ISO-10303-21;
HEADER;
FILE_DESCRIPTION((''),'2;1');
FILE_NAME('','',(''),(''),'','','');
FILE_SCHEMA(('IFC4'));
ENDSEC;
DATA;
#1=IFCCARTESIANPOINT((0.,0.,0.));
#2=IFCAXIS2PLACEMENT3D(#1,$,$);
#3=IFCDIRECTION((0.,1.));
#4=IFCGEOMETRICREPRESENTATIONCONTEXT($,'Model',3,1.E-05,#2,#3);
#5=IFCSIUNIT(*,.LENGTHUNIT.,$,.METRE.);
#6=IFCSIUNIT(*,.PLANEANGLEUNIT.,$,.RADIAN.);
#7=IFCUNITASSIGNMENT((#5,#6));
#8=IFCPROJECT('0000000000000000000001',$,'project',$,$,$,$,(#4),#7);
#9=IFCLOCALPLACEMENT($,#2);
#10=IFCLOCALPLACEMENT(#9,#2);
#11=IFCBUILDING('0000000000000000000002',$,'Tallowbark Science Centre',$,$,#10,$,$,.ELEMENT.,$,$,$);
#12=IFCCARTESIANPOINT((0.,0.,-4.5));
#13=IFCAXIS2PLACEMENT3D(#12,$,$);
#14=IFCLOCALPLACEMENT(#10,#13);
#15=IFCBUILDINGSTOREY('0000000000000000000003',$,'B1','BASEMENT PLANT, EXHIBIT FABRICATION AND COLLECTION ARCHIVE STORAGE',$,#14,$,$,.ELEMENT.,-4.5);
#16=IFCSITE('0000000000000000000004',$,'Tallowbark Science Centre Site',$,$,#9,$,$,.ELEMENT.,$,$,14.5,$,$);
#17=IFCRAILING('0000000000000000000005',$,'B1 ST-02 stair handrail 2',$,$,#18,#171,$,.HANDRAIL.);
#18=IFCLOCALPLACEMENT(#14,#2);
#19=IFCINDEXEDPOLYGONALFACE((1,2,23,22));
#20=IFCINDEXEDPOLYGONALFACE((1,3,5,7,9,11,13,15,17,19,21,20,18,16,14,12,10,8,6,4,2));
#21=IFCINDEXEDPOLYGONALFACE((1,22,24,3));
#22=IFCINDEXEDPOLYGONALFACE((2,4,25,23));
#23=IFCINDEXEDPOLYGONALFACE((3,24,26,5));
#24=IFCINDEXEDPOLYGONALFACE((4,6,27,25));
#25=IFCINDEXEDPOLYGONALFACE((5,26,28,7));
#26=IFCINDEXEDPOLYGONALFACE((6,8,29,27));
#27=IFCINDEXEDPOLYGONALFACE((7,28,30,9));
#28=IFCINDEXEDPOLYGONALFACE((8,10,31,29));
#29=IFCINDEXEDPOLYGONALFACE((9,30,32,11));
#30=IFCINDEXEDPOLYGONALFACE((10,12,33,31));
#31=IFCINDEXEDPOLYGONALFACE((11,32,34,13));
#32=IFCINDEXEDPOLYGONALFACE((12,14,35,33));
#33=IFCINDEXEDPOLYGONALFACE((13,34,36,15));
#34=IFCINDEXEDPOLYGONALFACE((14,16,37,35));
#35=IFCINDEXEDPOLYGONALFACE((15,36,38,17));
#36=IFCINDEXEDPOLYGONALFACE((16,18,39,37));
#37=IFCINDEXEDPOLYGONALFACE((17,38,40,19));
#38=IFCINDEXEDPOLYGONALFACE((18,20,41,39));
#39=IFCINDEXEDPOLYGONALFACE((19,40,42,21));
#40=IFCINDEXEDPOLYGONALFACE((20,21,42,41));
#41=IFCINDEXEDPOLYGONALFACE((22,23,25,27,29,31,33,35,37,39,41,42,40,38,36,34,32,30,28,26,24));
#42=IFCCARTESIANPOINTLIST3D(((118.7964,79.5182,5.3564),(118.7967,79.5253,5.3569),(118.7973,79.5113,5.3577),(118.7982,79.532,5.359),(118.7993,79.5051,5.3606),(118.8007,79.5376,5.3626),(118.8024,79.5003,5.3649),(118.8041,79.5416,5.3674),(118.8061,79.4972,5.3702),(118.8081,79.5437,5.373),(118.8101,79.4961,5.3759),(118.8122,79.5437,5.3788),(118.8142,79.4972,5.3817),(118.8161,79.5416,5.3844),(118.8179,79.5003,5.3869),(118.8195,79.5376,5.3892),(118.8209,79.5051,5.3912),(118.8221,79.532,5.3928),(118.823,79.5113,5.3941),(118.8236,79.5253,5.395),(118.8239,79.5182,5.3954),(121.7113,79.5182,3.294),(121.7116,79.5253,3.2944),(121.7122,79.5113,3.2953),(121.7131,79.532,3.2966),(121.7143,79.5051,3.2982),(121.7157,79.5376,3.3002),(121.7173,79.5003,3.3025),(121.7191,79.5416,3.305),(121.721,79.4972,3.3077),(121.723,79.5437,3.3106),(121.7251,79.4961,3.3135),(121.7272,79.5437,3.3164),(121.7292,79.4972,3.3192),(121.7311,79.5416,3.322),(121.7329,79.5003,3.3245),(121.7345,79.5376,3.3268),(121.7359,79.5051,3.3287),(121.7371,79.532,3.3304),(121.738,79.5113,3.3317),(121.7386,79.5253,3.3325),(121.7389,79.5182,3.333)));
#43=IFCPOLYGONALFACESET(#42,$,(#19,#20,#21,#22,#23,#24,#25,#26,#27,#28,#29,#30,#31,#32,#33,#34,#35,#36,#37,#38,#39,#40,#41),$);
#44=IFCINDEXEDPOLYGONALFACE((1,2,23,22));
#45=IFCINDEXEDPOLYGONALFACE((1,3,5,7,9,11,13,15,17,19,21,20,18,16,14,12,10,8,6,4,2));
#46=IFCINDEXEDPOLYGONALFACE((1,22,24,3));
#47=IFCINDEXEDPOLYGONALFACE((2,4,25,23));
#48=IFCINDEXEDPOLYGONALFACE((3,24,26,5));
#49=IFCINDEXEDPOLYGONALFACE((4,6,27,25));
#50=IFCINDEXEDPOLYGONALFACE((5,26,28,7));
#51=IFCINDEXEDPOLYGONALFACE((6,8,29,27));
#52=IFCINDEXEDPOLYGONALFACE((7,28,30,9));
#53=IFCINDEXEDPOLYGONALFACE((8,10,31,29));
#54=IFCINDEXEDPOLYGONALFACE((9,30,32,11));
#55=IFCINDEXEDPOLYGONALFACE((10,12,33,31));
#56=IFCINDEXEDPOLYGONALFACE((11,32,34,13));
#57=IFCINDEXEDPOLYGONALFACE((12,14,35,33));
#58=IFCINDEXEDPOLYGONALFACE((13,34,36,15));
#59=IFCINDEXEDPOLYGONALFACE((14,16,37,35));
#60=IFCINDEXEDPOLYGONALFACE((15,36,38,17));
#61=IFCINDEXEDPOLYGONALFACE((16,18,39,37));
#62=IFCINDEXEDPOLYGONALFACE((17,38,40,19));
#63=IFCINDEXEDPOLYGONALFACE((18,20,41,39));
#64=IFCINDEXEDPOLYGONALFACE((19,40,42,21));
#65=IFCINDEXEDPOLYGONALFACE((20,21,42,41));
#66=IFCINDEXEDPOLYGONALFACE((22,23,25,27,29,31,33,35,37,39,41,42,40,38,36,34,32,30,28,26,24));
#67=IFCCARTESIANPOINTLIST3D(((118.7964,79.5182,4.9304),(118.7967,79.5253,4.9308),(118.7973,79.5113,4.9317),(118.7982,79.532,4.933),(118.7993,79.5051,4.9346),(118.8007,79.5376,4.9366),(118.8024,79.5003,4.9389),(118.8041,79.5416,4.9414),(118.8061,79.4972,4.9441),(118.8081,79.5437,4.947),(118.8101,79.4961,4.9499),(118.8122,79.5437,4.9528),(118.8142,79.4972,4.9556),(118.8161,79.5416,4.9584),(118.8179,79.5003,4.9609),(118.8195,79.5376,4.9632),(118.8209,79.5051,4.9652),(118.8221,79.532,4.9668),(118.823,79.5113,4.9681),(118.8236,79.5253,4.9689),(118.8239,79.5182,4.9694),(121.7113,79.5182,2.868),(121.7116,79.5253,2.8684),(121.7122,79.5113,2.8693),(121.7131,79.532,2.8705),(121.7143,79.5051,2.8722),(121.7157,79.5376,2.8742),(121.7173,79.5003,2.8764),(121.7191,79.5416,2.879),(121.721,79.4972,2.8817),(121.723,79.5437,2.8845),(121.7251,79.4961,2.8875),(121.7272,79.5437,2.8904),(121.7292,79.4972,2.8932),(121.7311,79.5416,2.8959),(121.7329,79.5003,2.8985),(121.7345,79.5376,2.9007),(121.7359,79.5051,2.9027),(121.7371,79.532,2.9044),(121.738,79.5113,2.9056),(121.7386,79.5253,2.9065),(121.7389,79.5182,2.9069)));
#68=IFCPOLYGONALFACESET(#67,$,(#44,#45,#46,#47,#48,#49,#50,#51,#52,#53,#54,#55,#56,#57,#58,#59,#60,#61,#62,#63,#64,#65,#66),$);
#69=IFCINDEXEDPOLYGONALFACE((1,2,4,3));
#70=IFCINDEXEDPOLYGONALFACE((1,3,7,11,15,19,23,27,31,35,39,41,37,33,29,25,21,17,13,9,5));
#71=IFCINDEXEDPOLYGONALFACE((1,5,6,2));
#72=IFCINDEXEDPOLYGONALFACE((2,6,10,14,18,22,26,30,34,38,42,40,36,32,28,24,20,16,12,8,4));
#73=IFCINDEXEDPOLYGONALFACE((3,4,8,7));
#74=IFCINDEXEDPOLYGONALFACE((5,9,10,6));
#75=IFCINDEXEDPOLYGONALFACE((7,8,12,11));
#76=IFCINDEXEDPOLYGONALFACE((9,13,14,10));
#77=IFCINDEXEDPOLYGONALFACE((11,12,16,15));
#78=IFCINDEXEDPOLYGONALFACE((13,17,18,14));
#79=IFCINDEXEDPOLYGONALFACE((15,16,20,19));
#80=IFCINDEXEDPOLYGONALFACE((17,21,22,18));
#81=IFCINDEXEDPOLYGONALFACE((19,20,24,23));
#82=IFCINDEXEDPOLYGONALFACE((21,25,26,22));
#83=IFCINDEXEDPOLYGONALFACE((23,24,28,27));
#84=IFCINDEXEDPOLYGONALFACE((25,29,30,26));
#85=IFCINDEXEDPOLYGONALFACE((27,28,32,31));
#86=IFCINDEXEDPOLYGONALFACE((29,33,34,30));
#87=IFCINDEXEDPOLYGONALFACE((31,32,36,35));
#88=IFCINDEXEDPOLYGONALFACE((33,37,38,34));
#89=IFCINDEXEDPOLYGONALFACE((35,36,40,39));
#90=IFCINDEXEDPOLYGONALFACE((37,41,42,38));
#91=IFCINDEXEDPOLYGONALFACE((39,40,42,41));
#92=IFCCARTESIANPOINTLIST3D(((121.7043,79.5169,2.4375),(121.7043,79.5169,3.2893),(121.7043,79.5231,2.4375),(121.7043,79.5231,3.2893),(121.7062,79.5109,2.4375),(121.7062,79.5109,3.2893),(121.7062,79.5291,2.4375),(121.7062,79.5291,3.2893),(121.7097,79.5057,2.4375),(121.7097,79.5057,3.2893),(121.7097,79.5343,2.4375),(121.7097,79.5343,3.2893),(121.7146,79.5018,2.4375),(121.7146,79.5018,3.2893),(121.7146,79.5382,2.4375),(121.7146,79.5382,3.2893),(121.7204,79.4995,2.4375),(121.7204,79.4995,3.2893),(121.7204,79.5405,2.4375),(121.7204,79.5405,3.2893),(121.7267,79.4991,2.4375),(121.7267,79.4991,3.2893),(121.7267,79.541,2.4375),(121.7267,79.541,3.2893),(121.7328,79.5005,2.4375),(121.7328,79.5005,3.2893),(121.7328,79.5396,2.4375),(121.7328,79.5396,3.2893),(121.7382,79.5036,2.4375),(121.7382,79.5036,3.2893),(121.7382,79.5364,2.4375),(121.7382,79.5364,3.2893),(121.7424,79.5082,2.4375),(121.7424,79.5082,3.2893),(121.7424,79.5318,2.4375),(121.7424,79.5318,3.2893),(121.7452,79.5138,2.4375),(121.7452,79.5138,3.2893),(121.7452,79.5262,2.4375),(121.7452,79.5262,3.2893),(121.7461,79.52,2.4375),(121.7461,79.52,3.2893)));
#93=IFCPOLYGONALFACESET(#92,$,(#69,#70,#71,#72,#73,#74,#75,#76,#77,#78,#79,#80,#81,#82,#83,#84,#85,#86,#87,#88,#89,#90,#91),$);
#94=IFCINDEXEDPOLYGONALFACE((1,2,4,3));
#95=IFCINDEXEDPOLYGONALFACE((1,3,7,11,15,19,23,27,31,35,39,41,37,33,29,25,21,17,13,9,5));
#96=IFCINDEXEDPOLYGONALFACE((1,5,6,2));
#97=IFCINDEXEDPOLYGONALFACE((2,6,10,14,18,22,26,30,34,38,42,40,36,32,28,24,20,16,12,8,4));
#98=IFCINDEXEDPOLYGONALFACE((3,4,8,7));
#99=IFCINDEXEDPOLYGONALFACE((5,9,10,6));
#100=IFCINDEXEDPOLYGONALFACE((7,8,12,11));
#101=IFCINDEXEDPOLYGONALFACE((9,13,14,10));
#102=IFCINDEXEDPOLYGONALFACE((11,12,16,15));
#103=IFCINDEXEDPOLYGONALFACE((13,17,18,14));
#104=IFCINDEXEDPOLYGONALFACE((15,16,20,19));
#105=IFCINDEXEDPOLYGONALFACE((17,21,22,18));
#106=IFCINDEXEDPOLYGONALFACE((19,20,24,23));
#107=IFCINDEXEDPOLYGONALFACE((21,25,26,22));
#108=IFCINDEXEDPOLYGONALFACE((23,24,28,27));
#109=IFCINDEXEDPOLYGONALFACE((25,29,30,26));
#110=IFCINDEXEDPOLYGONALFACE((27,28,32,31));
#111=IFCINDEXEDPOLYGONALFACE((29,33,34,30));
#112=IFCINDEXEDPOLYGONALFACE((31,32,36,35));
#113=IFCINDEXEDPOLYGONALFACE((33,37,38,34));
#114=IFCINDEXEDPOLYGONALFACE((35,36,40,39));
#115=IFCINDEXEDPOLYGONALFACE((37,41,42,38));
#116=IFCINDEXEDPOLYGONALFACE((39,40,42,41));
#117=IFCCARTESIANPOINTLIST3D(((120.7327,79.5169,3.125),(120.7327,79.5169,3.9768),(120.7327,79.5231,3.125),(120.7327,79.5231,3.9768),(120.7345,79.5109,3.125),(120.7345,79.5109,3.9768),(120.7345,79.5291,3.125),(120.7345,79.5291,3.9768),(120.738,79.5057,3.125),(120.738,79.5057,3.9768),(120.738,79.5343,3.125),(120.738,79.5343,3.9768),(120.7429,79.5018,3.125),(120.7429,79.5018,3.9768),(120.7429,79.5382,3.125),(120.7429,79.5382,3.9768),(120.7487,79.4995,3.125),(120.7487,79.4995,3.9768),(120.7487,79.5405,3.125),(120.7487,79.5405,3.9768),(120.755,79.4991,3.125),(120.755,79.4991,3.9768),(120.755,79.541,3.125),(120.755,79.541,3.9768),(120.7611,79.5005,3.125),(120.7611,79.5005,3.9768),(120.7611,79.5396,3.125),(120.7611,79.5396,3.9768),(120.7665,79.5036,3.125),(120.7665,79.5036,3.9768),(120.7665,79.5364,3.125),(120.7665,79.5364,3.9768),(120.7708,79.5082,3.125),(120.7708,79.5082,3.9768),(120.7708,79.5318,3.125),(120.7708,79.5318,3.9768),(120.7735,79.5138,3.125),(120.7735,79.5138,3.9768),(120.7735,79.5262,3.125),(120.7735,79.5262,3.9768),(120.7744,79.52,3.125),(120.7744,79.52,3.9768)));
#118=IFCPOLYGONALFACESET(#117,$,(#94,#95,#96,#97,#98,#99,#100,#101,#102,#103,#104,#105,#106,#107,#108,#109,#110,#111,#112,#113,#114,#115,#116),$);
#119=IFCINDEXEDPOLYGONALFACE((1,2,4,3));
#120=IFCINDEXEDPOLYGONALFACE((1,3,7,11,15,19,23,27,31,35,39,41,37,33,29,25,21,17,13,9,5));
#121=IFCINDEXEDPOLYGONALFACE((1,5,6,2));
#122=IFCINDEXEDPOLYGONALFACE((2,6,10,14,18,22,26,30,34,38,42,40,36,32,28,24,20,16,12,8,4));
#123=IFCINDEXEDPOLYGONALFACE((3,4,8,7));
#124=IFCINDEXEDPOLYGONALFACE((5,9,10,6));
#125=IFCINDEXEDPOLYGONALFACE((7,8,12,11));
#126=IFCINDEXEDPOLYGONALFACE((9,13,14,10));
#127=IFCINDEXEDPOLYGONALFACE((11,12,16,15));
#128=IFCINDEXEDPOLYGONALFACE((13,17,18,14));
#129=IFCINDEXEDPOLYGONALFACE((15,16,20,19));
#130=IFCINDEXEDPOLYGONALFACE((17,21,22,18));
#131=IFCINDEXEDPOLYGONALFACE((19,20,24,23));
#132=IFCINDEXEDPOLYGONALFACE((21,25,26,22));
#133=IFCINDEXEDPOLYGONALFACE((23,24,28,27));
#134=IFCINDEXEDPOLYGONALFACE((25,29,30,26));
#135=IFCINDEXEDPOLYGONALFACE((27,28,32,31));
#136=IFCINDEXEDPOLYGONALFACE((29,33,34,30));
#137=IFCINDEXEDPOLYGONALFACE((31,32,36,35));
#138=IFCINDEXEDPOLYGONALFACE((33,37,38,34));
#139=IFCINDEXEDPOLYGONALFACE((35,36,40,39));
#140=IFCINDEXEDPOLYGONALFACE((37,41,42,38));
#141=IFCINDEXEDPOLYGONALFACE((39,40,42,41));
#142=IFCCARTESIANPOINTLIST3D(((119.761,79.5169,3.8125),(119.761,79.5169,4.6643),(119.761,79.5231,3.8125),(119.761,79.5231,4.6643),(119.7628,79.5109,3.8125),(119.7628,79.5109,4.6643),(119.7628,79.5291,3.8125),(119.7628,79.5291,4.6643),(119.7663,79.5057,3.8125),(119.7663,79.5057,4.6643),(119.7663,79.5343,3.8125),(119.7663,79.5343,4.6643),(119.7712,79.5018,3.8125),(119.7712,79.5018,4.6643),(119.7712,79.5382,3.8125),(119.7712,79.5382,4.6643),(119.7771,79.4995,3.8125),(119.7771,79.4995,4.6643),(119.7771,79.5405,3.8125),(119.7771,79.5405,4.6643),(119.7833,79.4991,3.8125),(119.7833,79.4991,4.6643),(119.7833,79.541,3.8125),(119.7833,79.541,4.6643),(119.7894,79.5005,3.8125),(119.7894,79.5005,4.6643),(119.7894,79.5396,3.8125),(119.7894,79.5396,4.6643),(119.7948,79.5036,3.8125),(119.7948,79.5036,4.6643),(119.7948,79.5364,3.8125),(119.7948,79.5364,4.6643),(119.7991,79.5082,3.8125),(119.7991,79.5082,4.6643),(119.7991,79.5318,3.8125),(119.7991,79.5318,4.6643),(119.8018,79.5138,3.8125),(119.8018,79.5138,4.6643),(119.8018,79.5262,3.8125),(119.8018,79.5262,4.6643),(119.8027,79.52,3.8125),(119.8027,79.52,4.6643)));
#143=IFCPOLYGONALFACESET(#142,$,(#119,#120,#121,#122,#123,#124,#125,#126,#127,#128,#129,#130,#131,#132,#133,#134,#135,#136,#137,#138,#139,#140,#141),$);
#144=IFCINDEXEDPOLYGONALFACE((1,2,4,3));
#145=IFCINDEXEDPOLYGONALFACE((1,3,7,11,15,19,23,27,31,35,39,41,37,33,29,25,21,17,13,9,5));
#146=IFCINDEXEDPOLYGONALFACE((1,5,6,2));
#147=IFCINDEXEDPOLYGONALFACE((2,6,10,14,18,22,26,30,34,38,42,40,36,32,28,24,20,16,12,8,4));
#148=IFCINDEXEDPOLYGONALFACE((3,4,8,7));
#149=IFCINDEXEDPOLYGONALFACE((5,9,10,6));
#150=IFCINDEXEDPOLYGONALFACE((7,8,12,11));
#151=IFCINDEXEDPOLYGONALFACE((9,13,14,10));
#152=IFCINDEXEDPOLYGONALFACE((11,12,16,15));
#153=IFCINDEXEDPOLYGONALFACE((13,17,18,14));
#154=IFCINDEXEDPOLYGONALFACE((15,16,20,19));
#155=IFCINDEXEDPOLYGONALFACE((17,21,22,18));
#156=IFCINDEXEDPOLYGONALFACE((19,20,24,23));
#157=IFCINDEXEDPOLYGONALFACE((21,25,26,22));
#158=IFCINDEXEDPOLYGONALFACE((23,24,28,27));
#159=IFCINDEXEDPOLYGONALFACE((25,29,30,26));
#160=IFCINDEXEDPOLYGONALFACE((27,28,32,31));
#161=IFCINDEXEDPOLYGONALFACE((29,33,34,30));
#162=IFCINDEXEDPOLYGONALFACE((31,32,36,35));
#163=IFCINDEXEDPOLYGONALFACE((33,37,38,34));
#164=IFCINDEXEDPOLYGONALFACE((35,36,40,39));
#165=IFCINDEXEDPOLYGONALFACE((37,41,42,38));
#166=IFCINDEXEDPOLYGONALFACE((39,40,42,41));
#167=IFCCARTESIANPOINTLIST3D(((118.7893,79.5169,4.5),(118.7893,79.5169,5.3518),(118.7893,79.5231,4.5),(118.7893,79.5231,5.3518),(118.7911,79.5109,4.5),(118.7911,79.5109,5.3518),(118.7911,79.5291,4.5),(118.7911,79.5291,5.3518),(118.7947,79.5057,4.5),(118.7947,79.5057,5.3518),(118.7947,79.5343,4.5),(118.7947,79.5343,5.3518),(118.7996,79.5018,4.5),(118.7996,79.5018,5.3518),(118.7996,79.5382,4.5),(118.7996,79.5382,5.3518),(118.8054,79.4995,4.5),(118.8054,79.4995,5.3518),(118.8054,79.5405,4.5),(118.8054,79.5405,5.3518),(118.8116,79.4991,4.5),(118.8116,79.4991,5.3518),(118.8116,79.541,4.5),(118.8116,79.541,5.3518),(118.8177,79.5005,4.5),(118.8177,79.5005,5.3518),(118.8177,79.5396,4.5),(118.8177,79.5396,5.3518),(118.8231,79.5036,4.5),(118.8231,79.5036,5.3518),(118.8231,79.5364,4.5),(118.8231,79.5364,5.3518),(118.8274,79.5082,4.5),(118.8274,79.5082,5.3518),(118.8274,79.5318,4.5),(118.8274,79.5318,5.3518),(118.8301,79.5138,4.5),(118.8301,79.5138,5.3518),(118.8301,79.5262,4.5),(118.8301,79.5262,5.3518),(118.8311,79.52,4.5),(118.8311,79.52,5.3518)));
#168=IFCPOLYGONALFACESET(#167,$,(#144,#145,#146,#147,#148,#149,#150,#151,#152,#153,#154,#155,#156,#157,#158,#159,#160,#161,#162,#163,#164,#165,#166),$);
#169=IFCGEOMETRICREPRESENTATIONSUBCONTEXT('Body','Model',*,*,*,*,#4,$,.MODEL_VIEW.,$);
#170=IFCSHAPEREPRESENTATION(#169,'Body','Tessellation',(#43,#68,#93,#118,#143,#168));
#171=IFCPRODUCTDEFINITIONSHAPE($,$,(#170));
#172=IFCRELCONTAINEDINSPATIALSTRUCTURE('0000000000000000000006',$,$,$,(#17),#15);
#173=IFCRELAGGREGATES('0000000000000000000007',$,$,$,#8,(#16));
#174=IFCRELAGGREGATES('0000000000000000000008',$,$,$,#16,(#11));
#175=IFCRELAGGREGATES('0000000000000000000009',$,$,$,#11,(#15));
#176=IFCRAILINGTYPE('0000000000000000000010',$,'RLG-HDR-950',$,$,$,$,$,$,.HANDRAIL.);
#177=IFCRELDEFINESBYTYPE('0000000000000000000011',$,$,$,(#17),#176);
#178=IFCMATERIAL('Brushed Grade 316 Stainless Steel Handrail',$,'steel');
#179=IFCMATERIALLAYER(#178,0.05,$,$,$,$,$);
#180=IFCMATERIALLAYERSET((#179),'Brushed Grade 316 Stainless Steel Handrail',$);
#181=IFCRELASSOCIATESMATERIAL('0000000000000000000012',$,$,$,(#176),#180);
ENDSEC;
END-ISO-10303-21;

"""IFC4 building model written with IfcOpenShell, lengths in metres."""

from ifc_helpers import new_model, si_unit, direction, frame, origin, origin_2d, place, context, subcontext, project, spatial, circle, extrude, material, layer, layer_set, type_object, element, save


model = new_model("IFC4")

# Units and contexts
model_context = context("Model", 3, precision=1e-05, world=origin(), true_north=direction((0.0, 1.0)))
body_context = subcontext(model_context, "Body", "Model", "MODEL_VIEW")
ifc_project = project(units=[si_unit("LENGTHUNIT", "METRE"), si_unit("PLANEANGLEUNIT", "RADIAN")], contexts=[model_context])

# Site, building, storey
site_placement = place(None, origin())
site = spatial("IfcSite", under=ifc_project, at=site_placement, Name="Tallowbark Science Centre Site", CompositionType="ELEMENT", RefElevation=14.5)
building_placement = place(site_placement, origin())
building = spatial("IfcBuilding", under=site, at=building_placement, Name="Tallowbark Science Centre", CompositionType="ELEMENT")
storey_placement = place(building_placement, frame((0.0, 0.0, -4.5)))
storey = spatial("IfcBuildingStorey", under=building, at=storey_placement, Name="B1", Description="BASEMENT PLANT, EXHIBIT FABRICATION AND COLLECTION ARCHIVE STORAGE", CompositionType="ELEMENT", Elevation=-4.5)

# Railing
ifc_material_1 = material(Name="Brushed Grade 316 Stainless Steel Handrail", Category="steel")
ifc_layer_1 = layer(ifc_material_1, 0.05)
ifc_layer_set_1 = layer_set([ifc_layer_1], Name="Brushed Grade 316 Stainless Steel Handrail")
railing_type_1 = type_object("IfcRailingType", Name="RLG-HDR-950", PredefinedType="HANDRAIL", material=ifc_layer_set_1)
railing_1_placement = place(storey_placement, frame((121.7251, 79.52, 2.4375)))
element("IfcRailing", 1, at=railing_1_placement, inside=storey, type_object=railing_type_1, Name="B1 ST-02 stair handrail 2", PredefinedType="HANDRAIL", context=body_context, shape_type="SweptSolid", body=[
    extrude(circle(Radius=0.0239, at=origin_2d()), frame((0.0, 0.0, 0.876), z_axis=(-0.816331, 0.0, 0.577585), x_axis=(0.0, -1.0, 0.0)), (0.0, 0.0, 1.0), 3.5708),
    extrude(circle(Radius=0.0239, at=origin_2d()), frame((0.0, 0.0, 0.45), z_axis=(-0.816331, 0.0, 0.577585), x_axis=(0.0, -1.0, 0.0)), (0.0, 0.0, 1.0), 3.5708),
    extrude(circle(Radius=0.021, at=origin_2d()), origin(), (0.0, 0.0, 1.0), 0.8518),
    extrude(circle(Radius=0.021, at=origin_2d()), frame((-0.9717, 0.0, 0.6875)), (0.0, 0.0, 1.0), 0.8518),
    extrude(circle(Radius=0.021, at=origin_2d()), frame((-1.9434, 0.0, 1.375)), (0.0, 0.0, 1.0), 0.8518),
    extrude(circle(Radius=0.021, at=origin_2d()), frame((-2.915, 0.0, 2.0625)), (0.0, 0.0, 1.0), 0.8518),
])

save(model, "model.ifc")
